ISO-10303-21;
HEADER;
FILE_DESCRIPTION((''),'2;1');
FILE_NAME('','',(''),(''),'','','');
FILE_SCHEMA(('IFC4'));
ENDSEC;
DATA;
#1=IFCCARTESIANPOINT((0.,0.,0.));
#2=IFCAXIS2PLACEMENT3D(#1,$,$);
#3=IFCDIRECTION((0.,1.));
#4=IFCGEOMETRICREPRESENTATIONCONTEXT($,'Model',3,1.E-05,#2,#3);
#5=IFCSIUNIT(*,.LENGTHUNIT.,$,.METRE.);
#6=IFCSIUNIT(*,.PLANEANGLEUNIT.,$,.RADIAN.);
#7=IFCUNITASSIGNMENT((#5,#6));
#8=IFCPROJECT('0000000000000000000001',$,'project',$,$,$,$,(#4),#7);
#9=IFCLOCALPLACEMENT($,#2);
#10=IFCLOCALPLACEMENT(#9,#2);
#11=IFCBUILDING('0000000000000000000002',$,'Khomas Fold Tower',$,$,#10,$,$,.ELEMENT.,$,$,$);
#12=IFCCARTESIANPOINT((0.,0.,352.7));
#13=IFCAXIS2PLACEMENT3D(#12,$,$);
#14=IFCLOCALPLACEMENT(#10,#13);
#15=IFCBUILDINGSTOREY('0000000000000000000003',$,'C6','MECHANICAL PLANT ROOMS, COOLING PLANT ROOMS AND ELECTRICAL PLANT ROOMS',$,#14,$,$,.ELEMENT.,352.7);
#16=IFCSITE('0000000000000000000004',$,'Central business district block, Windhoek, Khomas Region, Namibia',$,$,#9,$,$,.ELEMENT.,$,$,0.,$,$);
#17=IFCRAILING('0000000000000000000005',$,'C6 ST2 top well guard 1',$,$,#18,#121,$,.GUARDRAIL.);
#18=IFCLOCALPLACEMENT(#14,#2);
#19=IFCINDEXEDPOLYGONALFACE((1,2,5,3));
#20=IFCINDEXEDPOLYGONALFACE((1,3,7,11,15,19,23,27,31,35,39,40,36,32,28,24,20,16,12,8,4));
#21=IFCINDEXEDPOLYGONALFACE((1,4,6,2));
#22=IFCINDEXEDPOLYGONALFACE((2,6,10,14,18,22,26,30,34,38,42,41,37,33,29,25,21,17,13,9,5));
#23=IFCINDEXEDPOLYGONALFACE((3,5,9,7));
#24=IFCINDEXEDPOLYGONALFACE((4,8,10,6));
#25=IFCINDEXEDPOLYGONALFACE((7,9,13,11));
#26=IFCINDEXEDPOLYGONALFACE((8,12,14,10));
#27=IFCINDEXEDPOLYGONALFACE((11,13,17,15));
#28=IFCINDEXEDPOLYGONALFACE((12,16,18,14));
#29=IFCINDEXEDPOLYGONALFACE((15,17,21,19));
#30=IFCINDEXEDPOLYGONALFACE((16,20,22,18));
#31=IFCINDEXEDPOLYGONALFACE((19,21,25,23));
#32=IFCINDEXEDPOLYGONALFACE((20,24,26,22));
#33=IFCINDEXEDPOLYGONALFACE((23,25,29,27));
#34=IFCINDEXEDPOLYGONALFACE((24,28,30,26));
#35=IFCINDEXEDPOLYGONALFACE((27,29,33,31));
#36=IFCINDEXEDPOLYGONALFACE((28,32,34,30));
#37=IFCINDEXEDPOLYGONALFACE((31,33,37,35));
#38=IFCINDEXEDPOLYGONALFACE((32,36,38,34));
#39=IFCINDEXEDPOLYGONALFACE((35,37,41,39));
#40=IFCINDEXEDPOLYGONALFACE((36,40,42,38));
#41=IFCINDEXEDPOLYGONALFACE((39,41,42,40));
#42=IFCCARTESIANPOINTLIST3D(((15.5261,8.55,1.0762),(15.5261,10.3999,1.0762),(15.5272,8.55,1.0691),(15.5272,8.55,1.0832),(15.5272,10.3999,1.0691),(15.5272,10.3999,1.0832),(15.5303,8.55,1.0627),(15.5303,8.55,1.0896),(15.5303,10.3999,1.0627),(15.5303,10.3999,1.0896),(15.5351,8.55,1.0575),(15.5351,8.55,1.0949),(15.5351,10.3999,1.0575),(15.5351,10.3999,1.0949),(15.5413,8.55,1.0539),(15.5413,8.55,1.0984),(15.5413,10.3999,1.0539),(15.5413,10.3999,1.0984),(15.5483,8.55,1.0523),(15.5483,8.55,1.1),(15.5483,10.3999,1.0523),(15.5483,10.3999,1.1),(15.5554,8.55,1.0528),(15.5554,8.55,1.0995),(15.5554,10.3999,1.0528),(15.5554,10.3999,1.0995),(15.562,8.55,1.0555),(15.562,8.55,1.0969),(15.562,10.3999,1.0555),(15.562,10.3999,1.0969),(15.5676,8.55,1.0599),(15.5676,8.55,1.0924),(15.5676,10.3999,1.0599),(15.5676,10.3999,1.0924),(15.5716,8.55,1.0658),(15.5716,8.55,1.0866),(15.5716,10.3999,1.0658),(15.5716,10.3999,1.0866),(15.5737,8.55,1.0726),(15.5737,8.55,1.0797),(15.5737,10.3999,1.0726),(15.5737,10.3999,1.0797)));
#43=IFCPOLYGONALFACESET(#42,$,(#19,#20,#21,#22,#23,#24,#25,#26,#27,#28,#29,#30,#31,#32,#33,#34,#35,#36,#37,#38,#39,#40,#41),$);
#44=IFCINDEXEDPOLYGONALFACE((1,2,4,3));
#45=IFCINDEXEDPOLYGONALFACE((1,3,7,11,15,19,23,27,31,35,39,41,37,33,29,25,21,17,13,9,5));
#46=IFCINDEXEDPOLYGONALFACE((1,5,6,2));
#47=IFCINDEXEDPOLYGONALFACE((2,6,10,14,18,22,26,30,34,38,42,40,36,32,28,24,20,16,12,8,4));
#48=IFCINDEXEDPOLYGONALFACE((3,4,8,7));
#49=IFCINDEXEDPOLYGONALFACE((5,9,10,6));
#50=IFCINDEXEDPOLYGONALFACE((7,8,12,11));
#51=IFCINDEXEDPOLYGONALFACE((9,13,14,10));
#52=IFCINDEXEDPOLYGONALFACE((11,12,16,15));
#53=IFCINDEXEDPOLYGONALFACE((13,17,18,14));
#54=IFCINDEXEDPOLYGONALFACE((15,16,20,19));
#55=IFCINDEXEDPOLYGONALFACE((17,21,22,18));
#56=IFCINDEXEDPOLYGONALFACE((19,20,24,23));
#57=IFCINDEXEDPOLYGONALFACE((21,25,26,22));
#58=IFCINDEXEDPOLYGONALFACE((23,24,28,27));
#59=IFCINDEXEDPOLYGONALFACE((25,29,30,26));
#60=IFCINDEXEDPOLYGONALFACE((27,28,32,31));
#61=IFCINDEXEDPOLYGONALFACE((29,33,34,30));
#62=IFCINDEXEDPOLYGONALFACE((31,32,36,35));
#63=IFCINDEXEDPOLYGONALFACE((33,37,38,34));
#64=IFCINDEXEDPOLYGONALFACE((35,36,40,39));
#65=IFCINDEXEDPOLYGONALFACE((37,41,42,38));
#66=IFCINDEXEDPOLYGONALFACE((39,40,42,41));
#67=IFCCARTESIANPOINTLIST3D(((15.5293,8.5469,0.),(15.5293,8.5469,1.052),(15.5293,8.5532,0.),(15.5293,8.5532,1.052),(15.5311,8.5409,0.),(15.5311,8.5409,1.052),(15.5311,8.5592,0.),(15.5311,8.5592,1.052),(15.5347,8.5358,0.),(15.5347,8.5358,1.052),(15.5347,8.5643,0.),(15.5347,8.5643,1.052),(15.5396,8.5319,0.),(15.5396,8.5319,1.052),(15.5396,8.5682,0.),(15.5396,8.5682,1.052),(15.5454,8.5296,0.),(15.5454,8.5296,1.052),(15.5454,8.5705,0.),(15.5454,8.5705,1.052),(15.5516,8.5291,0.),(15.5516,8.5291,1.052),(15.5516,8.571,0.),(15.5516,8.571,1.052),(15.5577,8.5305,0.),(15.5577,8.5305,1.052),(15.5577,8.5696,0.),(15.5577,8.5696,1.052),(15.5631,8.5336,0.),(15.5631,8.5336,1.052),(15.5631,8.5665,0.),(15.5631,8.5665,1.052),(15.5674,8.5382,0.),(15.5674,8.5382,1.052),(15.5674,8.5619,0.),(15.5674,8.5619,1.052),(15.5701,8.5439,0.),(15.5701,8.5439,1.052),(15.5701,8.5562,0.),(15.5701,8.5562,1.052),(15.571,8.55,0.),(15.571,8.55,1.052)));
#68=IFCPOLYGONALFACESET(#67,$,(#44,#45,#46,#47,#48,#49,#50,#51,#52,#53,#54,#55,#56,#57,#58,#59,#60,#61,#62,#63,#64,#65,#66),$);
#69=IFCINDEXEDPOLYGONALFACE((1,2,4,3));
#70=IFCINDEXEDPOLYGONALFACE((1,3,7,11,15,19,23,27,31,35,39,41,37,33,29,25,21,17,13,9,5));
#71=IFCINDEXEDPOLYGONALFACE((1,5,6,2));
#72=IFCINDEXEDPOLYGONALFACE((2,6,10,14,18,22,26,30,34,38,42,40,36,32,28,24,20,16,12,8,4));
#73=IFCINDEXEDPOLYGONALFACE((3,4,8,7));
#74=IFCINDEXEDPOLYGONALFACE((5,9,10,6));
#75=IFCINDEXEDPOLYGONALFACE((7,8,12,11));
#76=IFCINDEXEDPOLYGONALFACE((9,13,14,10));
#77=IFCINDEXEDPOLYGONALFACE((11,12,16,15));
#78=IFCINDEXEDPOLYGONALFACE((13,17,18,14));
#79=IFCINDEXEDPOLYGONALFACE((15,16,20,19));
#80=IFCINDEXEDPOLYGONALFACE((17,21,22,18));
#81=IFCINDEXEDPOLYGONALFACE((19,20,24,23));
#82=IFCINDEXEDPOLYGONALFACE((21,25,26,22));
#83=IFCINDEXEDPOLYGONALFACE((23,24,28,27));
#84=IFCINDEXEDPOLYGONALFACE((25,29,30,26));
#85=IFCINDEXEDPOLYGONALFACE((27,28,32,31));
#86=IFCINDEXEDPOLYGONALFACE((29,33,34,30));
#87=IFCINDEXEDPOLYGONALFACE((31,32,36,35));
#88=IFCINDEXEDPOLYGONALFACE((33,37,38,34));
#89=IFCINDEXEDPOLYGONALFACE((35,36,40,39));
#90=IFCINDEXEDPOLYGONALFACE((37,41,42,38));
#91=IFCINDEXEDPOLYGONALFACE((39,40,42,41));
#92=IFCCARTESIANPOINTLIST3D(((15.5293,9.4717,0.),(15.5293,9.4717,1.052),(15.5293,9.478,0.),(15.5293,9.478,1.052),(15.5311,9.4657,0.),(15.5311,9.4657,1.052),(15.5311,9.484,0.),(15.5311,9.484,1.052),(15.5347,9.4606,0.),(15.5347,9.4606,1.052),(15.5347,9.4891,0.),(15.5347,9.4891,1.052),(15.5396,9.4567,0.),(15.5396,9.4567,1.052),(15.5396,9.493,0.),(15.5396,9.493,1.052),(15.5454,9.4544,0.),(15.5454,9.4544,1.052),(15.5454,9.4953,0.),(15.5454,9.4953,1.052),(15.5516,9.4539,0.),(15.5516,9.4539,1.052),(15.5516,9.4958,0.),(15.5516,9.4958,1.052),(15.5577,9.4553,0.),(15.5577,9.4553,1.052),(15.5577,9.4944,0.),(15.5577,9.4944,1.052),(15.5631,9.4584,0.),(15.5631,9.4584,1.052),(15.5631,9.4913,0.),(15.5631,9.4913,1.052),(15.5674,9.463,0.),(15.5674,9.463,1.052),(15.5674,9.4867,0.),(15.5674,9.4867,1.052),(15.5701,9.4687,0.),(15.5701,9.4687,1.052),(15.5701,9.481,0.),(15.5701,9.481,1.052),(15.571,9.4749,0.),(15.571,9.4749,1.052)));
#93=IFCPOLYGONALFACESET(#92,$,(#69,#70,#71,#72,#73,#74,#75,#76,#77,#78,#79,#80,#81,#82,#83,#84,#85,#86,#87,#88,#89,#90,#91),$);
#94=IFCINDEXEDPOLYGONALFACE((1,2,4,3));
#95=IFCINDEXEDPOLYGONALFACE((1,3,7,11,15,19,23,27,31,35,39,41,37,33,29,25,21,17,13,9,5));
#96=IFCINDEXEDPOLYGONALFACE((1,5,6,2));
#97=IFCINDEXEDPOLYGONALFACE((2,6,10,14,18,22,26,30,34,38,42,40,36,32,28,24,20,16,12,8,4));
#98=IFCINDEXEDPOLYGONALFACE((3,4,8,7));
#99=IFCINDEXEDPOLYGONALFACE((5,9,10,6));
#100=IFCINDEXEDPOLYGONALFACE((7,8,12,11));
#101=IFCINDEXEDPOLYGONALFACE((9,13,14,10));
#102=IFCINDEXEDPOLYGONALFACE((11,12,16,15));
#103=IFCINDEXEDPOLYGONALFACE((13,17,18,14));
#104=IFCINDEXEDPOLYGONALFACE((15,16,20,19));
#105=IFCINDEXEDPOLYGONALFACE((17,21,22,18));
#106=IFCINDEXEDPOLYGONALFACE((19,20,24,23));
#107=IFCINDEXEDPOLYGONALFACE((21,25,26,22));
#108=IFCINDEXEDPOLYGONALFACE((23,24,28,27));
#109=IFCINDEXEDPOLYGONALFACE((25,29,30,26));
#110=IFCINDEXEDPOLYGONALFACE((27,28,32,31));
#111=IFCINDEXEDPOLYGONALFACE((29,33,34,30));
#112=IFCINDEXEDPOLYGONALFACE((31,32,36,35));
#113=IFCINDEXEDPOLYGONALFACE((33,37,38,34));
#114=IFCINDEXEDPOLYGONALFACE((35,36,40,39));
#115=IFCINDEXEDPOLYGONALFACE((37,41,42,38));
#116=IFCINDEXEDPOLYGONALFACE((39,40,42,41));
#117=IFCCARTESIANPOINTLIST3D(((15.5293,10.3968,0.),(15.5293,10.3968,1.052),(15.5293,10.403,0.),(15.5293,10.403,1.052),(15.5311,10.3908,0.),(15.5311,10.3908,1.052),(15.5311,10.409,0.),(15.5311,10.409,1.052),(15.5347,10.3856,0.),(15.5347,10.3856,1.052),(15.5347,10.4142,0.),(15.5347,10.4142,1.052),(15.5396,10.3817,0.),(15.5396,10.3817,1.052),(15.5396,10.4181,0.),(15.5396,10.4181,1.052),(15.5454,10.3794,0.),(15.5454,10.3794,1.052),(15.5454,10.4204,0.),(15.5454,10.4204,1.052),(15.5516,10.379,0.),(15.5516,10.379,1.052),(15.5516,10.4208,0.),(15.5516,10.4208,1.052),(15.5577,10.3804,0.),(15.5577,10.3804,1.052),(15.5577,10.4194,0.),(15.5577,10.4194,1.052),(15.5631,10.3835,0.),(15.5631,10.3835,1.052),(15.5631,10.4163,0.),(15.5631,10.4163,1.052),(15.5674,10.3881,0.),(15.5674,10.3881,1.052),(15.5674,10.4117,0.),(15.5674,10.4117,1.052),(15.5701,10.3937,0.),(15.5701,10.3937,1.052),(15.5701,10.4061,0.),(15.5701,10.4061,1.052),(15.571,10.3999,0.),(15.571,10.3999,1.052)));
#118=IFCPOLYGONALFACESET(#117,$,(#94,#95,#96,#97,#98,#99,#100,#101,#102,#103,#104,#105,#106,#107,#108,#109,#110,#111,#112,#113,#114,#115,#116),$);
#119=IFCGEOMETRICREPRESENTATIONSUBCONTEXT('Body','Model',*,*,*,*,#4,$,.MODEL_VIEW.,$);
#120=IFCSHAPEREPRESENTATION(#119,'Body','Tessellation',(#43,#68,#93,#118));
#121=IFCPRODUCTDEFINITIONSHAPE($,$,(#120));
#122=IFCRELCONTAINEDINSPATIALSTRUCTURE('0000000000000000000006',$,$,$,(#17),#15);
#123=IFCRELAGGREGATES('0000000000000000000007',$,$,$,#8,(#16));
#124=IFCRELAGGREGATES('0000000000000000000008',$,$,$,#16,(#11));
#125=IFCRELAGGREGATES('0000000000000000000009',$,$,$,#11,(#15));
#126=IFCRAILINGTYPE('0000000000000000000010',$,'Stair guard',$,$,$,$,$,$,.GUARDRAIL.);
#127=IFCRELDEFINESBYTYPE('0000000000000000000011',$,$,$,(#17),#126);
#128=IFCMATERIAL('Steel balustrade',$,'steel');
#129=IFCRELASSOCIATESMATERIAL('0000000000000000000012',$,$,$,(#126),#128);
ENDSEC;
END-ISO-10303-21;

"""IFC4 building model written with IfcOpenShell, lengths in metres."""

from ifc_helpers import new_model, si_unit, direction, frame, origin, origin_2d, place, context, subcontext, project, spatial, circle, extrude, source, transform, mapped, material, type_object, element, save


model = new_model("IFC4")

# Units and contexts
model_context = context("Model", 3, precision=1e-05, world=origin(), true_north=direction((0.0, 1.0)))
body_context = subcontext(model_context, "Body", "Model", "MODEL_VIEW")
ifc_project = project(units=[si_unit("LENGTHUNIT", "METRE"), si_unit("PLANEANGLEUNIT", "RADIAN")], contexts=[model_context])

# Site, building, storey
site_placement = place(None, origin())
site = spatial("IfcSite", under=ifc_project, at=site_placement, Name="Central business district block, Windhoek, Khomas Region, Namibia", CompositionType="ELEMENT", RefElevation=0.0)
building_placement = place(site_placement, origin())
building = spatial("IfcBuilding", under=site, at=building_placement, Name="Khomas Fold Tower", CompositionType="ELEMENT")
storey_placement = place(building_placement, frame((0.0, 0.0, 352.7)))
storey = spatial("IfcBuildingStorey", under=building, at=storey_placement, Name="C6", Description="MECHANICAL PLANT ROOMS, COOLING PLANT ROOMS AND ELECTRICAL PLANT ROOMS", CompositionType="ELEMENT", Elevation=352.7)

# Railing
ifc_material_1 = material(Name="Steel balustrade", Category="steel")
railing_type_1 = type_object("IfcRailingType", Name="Stair guard", PredefinedType="GUARDRAIL", material=ifc_material_1)
shared_shape_1 = source(origin(), body_context, "Body", "SweptSolid", [
    extrude(circle(Radius=0.0239, at=origin_2d()), frame((0.0, 0.0, 1.0762), z_axis=(0.0, 1.0, 0.0), x_axis=(-1.0, 0.0, 0.0)), (0.0, 0.0, 1.0), 1.8499),
    extrude(circle(Radius=0.021, at=origin_2d()), origin(), (0.0, 0.0, 1.0), 1.052),
    extrude(circle(Radius=0.021, at=origin_2d()), frame((0.0, 0.9248, 0.0)), (0.0, 0.0, 1.0), 1.052),
    extrude(circle(Radius=0.021, at=origin_2d()), frame((0.0, 1.8499, 0.0)), (0.0, 0.0, 1.0), 1.052),
])
railing_1_placement = place(storey_placement, frame((15.55, 8.55, 0.0)))
element("IfcRailing", 1, at=railing_1_placement, inside=storey, type_object=railing_type_1, Name="C6 ST2 top well guard 1", PredefinedType="GUARDRAIL", context=body_context, shape_type="MappedRepresentation", body=[
    mapped(shared_shape_1, transform((0.0, 0.0, 0.0))),
])

save(model, "model.ifc")
